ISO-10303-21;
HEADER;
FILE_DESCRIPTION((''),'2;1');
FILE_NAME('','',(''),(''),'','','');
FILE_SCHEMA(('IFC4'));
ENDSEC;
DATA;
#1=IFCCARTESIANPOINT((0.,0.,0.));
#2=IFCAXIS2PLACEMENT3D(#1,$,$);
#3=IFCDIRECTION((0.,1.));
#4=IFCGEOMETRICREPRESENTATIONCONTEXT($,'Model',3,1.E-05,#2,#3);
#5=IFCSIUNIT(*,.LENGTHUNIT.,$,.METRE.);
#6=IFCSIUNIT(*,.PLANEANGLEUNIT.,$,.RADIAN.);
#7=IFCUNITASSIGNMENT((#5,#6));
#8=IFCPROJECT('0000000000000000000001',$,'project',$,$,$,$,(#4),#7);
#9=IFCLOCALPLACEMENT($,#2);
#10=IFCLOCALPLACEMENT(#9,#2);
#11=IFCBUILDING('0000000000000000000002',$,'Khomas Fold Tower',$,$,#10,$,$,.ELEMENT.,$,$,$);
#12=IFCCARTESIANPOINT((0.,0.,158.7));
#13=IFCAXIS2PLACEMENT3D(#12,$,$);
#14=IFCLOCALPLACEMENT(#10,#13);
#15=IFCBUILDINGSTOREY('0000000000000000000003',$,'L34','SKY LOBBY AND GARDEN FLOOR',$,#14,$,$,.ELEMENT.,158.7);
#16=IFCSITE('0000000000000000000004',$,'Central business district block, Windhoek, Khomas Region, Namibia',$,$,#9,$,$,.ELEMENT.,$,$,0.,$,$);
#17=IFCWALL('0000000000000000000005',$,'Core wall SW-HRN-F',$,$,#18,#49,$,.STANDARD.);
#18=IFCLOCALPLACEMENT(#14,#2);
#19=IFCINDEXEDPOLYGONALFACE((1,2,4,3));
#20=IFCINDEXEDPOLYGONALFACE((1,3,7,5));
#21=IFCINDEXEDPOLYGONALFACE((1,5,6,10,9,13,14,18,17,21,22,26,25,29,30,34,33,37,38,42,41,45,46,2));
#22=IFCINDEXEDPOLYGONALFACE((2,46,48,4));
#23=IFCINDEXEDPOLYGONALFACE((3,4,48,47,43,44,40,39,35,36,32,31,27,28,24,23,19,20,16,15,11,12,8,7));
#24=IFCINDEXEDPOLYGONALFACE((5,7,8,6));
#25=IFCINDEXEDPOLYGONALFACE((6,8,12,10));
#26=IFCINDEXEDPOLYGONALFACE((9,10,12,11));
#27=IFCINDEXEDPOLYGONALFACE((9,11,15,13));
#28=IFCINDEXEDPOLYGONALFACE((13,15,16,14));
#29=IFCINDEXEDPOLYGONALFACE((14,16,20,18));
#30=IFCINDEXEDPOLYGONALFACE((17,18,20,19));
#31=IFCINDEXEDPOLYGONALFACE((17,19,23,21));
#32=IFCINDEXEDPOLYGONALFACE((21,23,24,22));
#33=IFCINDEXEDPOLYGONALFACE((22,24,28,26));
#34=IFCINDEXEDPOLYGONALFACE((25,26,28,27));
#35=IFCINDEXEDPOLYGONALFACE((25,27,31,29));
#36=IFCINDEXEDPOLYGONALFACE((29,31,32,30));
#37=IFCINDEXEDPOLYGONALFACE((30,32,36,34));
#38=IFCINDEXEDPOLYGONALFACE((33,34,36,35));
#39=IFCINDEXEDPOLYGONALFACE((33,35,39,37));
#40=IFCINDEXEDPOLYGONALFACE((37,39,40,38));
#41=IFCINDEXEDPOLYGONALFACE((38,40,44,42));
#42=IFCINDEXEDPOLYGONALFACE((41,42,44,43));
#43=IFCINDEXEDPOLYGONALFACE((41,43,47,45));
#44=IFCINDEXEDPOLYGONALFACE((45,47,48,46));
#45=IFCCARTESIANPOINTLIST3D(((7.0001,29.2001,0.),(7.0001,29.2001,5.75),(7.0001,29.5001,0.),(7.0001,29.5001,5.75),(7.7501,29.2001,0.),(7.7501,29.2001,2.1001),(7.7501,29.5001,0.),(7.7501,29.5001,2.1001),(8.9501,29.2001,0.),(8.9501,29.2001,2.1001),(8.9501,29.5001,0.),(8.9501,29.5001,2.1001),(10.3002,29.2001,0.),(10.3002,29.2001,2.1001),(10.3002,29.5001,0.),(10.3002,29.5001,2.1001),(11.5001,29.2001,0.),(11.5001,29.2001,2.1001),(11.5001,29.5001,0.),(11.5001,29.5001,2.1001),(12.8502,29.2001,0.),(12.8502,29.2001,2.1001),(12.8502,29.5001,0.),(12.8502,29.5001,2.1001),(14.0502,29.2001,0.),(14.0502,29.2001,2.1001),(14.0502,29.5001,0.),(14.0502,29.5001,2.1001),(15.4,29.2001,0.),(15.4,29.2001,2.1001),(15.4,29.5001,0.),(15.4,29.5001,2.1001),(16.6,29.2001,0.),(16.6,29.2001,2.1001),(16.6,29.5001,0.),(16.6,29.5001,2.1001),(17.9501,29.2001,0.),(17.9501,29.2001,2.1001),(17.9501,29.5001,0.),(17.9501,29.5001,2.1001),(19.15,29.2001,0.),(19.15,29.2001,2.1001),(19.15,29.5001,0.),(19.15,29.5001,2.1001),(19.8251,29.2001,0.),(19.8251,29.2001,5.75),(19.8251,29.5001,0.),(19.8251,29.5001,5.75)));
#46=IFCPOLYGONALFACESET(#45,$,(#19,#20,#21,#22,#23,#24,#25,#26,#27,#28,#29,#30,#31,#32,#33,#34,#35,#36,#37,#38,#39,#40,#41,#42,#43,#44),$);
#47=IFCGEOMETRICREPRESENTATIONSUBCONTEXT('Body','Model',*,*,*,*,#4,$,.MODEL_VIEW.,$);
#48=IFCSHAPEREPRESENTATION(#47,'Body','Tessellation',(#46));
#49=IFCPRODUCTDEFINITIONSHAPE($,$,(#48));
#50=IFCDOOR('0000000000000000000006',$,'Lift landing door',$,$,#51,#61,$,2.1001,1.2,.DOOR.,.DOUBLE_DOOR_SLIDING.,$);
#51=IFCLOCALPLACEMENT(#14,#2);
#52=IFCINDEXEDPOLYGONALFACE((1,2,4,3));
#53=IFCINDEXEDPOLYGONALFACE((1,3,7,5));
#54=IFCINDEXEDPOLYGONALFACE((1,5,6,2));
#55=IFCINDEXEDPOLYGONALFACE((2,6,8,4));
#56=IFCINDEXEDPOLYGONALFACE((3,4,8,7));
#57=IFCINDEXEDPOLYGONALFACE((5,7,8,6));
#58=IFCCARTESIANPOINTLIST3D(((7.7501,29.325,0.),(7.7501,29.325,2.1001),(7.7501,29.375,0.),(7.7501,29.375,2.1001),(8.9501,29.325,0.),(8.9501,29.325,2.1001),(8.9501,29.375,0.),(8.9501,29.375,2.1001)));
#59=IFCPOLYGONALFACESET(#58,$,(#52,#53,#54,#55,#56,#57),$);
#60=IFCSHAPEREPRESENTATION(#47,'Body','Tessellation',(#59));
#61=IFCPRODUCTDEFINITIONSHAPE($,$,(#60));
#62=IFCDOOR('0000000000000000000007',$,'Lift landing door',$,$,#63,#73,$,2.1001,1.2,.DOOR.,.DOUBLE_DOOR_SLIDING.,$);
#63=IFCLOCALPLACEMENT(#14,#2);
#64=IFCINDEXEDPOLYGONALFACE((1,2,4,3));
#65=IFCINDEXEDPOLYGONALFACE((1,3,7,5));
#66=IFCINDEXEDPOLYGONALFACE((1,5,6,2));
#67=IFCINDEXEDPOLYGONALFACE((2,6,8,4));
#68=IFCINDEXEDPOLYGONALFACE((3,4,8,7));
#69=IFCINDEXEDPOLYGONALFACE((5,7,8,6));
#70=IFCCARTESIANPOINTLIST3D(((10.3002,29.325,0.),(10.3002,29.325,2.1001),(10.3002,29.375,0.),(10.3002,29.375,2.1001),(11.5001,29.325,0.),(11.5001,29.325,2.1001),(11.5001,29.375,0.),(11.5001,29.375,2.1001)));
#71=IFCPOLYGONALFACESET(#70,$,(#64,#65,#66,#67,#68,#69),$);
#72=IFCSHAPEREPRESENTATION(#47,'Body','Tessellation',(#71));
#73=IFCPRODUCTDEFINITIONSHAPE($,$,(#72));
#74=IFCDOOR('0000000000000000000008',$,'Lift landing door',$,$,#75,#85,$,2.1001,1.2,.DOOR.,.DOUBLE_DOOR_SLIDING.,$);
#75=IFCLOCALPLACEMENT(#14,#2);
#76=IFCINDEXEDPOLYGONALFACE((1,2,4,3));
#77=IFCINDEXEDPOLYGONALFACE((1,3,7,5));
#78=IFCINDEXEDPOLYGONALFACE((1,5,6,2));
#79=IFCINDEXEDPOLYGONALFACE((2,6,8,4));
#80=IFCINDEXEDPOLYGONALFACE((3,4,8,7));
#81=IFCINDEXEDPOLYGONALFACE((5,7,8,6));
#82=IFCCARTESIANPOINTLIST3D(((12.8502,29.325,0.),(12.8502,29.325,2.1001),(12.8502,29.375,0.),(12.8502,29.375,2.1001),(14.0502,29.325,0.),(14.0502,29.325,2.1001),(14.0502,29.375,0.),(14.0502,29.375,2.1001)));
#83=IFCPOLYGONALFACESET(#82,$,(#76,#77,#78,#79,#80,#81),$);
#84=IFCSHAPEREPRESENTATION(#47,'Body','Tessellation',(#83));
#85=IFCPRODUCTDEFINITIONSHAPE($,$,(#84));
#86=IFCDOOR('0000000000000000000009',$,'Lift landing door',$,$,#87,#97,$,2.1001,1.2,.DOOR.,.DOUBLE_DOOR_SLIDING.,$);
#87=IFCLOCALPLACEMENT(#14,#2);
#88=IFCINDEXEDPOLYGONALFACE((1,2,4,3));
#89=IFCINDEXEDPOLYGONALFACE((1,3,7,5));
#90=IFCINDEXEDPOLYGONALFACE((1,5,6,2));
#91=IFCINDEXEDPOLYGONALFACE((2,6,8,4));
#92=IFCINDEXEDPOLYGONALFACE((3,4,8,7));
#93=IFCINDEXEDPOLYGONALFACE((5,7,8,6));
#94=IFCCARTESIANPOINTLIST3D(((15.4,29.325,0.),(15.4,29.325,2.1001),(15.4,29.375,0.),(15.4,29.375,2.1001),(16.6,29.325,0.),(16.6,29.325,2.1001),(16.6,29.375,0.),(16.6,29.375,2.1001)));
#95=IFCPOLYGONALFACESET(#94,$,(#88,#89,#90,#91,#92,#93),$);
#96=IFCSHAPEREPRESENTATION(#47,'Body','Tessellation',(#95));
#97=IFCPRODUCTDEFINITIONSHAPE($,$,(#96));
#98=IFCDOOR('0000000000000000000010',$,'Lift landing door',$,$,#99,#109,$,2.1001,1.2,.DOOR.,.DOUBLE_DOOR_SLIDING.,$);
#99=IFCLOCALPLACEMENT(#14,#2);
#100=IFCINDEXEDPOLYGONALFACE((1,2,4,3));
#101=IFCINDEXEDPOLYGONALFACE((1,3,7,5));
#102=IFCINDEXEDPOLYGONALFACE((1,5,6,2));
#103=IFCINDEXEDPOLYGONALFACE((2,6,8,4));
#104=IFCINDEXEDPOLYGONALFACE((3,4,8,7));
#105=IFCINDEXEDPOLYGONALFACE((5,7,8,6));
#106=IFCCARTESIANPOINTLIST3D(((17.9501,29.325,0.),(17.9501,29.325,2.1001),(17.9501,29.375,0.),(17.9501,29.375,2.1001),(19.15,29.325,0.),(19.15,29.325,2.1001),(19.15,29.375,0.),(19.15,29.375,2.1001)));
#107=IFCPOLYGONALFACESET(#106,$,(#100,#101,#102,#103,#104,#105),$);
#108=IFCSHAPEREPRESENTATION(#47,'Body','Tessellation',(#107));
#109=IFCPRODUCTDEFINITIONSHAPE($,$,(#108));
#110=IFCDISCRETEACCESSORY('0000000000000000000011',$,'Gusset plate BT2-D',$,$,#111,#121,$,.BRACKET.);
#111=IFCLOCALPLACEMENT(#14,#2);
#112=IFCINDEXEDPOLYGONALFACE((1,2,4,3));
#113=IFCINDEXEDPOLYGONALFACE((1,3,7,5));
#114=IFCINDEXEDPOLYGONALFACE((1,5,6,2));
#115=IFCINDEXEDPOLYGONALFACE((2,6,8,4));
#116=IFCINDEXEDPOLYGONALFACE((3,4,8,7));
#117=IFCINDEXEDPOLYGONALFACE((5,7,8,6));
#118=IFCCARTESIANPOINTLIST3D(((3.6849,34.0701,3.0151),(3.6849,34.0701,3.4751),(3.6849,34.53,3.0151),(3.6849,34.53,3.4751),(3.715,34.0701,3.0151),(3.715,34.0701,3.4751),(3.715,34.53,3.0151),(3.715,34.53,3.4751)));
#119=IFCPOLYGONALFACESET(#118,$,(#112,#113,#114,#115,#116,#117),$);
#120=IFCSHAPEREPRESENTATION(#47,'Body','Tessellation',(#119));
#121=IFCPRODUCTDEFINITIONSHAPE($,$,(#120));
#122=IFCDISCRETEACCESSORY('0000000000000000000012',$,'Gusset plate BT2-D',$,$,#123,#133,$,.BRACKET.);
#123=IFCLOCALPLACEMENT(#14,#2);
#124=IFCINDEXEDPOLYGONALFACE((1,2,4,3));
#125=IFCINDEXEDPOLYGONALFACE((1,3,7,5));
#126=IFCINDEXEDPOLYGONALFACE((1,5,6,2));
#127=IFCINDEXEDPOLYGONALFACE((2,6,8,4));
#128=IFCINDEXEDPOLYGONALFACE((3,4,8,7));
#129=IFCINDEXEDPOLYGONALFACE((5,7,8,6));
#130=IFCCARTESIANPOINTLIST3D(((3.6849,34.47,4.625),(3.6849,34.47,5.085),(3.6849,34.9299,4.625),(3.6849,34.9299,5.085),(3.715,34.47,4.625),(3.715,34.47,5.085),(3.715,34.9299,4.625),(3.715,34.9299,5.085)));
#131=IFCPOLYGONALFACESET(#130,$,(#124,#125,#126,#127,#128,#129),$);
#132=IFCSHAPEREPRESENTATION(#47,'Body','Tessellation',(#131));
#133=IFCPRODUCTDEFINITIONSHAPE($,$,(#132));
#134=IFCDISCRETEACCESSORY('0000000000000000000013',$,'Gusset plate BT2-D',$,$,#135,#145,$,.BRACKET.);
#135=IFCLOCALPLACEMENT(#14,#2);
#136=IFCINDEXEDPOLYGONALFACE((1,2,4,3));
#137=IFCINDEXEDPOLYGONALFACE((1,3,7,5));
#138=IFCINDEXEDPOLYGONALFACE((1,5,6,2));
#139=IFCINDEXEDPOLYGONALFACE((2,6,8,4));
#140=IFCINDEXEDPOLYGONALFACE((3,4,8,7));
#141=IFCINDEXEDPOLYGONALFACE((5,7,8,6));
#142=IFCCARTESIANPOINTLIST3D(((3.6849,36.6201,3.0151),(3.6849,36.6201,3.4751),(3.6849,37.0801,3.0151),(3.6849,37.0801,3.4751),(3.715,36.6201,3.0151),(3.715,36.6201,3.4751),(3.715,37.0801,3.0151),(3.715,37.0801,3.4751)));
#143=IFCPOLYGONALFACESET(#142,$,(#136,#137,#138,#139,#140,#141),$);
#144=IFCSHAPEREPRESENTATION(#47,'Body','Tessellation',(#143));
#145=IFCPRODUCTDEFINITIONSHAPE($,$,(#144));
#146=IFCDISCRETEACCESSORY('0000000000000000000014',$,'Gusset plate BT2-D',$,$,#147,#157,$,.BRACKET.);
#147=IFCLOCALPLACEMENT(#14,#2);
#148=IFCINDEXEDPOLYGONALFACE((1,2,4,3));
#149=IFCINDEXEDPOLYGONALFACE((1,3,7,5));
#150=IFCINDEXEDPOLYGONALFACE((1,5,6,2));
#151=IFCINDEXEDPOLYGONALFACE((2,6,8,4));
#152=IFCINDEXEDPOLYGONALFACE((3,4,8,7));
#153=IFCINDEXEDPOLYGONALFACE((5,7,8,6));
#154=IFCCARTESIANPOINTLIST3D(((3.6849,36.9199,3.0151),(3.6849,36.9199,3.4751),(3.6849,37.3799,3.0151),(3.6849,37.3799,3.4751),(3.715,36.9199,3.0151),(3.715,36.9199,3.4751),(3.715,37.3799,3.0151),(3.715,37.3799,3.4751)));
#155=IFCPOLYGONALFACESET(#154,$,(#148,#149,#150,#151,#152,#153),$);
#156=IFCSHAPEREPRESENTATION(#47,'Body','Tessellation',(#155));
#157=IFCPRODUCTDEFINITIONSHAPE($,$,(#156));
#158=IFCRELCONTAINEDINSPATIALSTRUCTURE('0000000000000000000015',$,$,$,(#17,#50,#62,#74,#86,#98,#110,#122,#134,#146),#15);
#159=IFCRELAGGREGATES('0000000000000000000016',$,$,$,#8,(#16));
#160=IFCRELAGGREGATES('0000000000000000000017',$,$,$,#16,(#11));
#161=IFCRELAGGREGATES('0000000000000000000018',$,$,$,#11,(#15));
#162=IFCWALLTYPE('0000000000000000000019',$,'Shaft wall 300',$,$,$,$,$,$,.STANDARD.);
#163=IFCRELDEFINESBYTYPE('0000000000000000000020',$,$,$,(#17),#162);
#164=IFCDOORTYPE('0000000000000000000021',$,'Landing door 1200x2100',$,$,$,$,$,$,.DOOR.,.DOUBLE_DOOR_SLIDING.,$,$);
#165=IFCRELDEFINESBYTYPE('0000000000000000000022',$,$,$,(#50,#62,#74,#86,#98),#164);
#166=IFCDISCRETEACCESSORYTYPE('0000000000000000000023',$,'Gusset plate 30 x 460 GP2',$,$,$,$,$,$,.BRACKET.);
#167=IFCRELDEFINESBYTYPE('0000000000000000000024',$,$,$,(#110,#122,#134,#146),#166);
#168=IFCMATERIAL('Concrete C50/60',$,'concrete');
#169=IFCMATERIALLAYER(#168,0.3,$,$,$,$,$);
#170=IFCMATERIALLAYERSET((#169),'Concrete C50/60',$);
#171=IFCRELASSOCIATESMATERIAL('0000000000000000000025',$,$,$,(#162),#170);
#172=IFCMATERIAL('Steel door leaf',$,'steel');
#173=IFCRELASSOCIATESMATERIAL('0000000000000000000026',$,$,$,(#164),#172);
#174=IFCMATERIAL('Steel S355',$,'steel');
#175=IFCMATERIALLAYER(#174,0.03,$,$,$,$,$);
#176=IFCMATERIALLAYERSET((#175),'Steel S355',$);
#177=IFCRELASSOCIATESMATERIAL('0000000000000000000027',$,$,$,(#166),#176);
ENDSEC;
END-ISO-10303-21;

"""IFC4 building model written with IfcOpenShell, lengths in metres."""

from ifc_helpers import new_model, si_unit, direction, frame, frame_2d, origin, origin_2d, place, context, subcontext, project, spatial, rectangle, extrude, source, transform, mapped, material, layer, layer_set, type_object, element, fill, save


model = new_model("IFC4")

# Units and contexts
model_context = context("Model", 3, precision=1e-05, world=origin(), true_north=direction((0.0, 1.0)))
body_context = subcontext(model_context, "Body", "Model", "MODEL_VIEW")
ifc_project = project(units=[si_unit("LENGTHUNIT", "METRE"), si_unit("PLANEANGLEUNIT", "RADIAN")], contexts=[model_context])

# Site, building, storey
site_placement = place(None, origin())
site = spatial("IfcSite", under=ifc_project, at=site_placement, Name="Central business district block, Windhoek, Khomas Region, Namibia", CompositionType="ELEMENT", RefElevation=0.0)
building_placement = place(site_placement, origin())
building = spatial("IfcBuilding", under=site, at=building_placement, Name="Khomas Fold Tower", CompositionType="ELEMENT")
storey_placement = place(building_placement, frame((0.0, 0.0, 158.7)))
storey = spatial("IfcBuildingStorey", under=building, at=storey_placement, Name="L34", Description="SKY LOBBY AND GARDEN FLOOR", CompositionType="ELEMENT", Elevation=158.7)

# Wall, openings, doors
ifc_material_1 = material(Name="Concrete C50/60", Category="concrete")
ifc_layer_1 = layer(ifc_material_1, 0.3)
ifc_layer_set_1 = layer_set([ifc_layer_1], Name="Concrete C50/60")
wall_type = type_object("IfcWallType", Name="Shaft wall 300", PredefinedType="STANDARD", material=ifc_layer_set_1)
shared_shape_1 = source(origin(), body_context, "Body", "SweptSolid", [
    extrude(rectangle(XDim=12.825, YDim=0.3, at=frame_2d((6.4126, 0.0))), origin(), (0.0, 0.0, 1.0), 5.75),
])
wall_placement = place(storey_placement, frame((7.0, 29.3501, 0.0), z_axis=(0.0, 0.0, 1.0), x_axis=(1.0, 0.0, 0.0)))
wall = element("IfcWall", 1, at=wall_placement, inside=storey, type_object=wall_type, Name="Core wall SW-HRN-F", PredefinedType="STANDARD", context=body_context, shape_type="MappedRepresentation", body=[
    mapped(shared_shape_1, transform((0.0, 0.0, 0.0))),
])
shared_shape_2 = source(origin(), body_context, "Body", "SweptSolid", [
    extrude(rectangle(XDim=1.2, YDim=2.1001, at=frame_2d((0.6001, 1.05))), frame((0.0, 0.1599, 0.0), z_axis=(0.0, -1.0, 0.0), x_axis=(1.0, 0.0, 0.0)), (0.0, 0.0, 1.0), 0.3201),
])
opening_1_placement = place(wall_placement, frame((0.75, 0.0, 0.0)))
opening_1 = element("IfcOpeningElement", 2, at=opening_1_placement, cuts=wall, PredefinedType="OPENING", context=body_context, shape_type="MappedRepresentation", body=[
    mapped(shared_shape_2, transform((0.0, 0.0, 0.0))),
])
opening_2_placement = place(wall_placement, frame((3.3, 0.0, 0.0)))
opening_2 = element("IfcOpeningElement", 3, at=opening_2_placement, cuts=wall, PredefinedType="OPENING", context=body_context, shape_type="MappedRepresentation", body=[
    mapped(shared_shape_2, transform((0.0, 0.0, 0.0))),
])
opening_3_placement = place(wall_placement, frame((5.8501, 0.0, 0.0)))
opening_3 = element("IfcOpeningElement", 4, at=opening_3_placement, cuts=wall, PredefinedType="OPENING", context=body_context, shape_type="MappedRepresentation", body=[
    mapped(shared_shape_2, transform((0.0, 0.0, 0.0))),
])
opening_4_placement = place(wall_placement, frame((8.3999, 0.0, 0.0)))
opening_4 = element("IfcOpeningElement", 5, at=opening_4_placement, cuts=wall, PredefinedType="OPENING", context=body_context, shape_type="MappedRepresentation", body=[
    mapped(shared_shape_2, transform((0.0, 0.0, 0.0))),
])
opening_5_placement = place(wall_placement, frame((10.95, 0.0, 0.0)))
opening_5 = element("IfcOpeningElement", 6, at=opening_5_placement, cuts=wall, PredefinedType="OPENING", context=body_context, shape_type="MappedRepresentation", body=[
    mapped(shared_shape_2, transform((0.0, 0.0, 0.0))),
])
ifc_material_2 = material(Name="Steel door leaf", Category="steel")
door_type = type_object("IfcDoorType", Name="Landing door 1200x2100", OperationType="DOUBLE_DOOR_SLIDING", PredefinedType="DOOR", material=ifc_material_2)
shared_shape_3 = source(origin(), body_context, "Body", "SweptSolid", [
    extrude(rectangle(XDim=1.2, YDim=2.1001, at=frame_2d((0.6001, 1.05))), frame((0.0, 0.0249, 0.0), z_axis=(0.0, -1.0, 0.0), x_axis=(1.0, 0.0, 0.0)), (0.0, 0.0, 1.0), 0.05),
])
door_1_placement = place(opening_1_placement, origin())
door_1 = element("IfcDoor", 7, at=door_1_placement, inside=storey, type_object=door_type, Name="Lift landing door", OperationType="DOUBLE_DOOR_SLIDING", OverallHeight=2.1001, OverallWidth=1.2, PredefinedType="DOOR", context=body_context, shape_type="MappedRepresentation", body=[
    mapped(shared_shape_3, transform((0.0, 0.0, 0.0))),
])
fill(opening_1, door_1)
door_2_placement = place(opening_2_placement, origin())
door_2 = element("IfcDoor", 8, at=door_2_placement, inside=storey, type_object=door_type, Name="Lift landing door", OperationType="DOUBLE_DOOR_SLIDING", OverallHeight=2.1001, OverallWidth=1.2, PredefinedType="DOOR", context=body_context, shape_type="MappedRepresentation", body=[
    mapped(shared_shape_3, transform((0.0, 0.0, 0.0))),
])
fill(opening_2, door_2)
door_3_placement = place(opening_3_placement, origin())
door_3 = element("IfcDoor", 9, at=door_3_placement, inside=storey, type_object=door_type, Name="Lift landing door", OperationType="DOUBLE_DOOR_SLIDING", OverallHeight=2.1001, OverallWidth=1.2, PredefinedType="DOOR", context=body_context, shape_type="MappedRepresentation", body=[
    mapped(shared_shape_3, transform((0.0, 0.0, 0.0))),
])
fill(opening_3, door_3)
door_4_placement = place(opening_4_placement, origin())
door_4 = element("IfcDoor", 10, at=door_4_placement, inside=storey, type_object=door_type, Name="Lift landing door", OperationType="DOUBLE_DOOR_SLIDING", OverallHeight=2.1001, OverallWidth=1.2, PredefinedType="DOOR", context=body_context, shape_type="MappedRepresentation", body=[
    mapped(shared_shape_3, transform((0.0, 0.0, 0.0))),
])
fill(opening_4, door_4)
door_5_placement = place(opening_5_placement, origin())
door_5 = element("IfcDoor", 11, at=door_5_placement, inside=storey, type_object=door_type, Name="Lift landing door", OperationType="DOUBLE_DOOR_SLIDING", OverallHeight=2.1001, OverallWidth=1.2, PredefinedType="DOOR", context=body_context, shape_type="MappedRepresentation", body=[
    mapped(shared_shape_3, transform((0.0, 0.0, 0.0))),
])
fill(opening_5, door_5)

# Discrete accessories
ifc_material_3 = material(Name="Steel S355", Category="steel")
ifc_layer_2 = layer(ifc_material_3, 0.03)
ifc_layer_set_2 = layer_set([ifc_layer_2], Name="Steel S355")
discrete_accessory_type = type_object("IfcDiscreteAccessoryType", Name="Gusset plate 30 x 460 GP2", PredefinedType="BRACKET", material=ifc_layer_set_2)
shared_shape_4 = source(origin(), body_context, "Body", "SweptSolid", [
    extrude(rectangle(XDim=0.46, YDim=0.03, at=origin_2d()), origin(), (0.0, 0.0, 1.0), 0.46),
])
for number, where, z_axis, x_axis, name in (
    (12, (3.7, 34.3, 3.0151), (0.0, 0.0, 1.0), (0.0, 1.0, 0.0), "Gusset plate BT2-D"),
    (13, (3.7, 34.7, 4.625), (0.0, 0.0, 1.0), (0.0, 1.0, 0.0), "Gusset plate BT2-D"),
    (14, (3.7, 36.8501, 3.0151), (0.0, 0.0, 1.0), (0.0, 1.0, 0.0), "Gusset plate BT2-D"),
    (15, (3.7, 37.1499, 3.0151), (0.0, 0.0, 1.0), (0.0, 1.0, 0.0), "Gusset plate BT2-D"),
):
    element("IfcDiscreteAccessory", number, at=place(storey_placement, frame(where, z_axis=z_axis, x_axis=x_axis)), inside=storey, type_object=discrete_accessory_type, Name=name, PredefinedType="BRACKET", context=body_context, shape_type="MappedRepresentation", body=[
        mapped(shared_shape_4, transform((0.0, 0.0, 0.0))),
    ])

save(model, "model.ifc")
